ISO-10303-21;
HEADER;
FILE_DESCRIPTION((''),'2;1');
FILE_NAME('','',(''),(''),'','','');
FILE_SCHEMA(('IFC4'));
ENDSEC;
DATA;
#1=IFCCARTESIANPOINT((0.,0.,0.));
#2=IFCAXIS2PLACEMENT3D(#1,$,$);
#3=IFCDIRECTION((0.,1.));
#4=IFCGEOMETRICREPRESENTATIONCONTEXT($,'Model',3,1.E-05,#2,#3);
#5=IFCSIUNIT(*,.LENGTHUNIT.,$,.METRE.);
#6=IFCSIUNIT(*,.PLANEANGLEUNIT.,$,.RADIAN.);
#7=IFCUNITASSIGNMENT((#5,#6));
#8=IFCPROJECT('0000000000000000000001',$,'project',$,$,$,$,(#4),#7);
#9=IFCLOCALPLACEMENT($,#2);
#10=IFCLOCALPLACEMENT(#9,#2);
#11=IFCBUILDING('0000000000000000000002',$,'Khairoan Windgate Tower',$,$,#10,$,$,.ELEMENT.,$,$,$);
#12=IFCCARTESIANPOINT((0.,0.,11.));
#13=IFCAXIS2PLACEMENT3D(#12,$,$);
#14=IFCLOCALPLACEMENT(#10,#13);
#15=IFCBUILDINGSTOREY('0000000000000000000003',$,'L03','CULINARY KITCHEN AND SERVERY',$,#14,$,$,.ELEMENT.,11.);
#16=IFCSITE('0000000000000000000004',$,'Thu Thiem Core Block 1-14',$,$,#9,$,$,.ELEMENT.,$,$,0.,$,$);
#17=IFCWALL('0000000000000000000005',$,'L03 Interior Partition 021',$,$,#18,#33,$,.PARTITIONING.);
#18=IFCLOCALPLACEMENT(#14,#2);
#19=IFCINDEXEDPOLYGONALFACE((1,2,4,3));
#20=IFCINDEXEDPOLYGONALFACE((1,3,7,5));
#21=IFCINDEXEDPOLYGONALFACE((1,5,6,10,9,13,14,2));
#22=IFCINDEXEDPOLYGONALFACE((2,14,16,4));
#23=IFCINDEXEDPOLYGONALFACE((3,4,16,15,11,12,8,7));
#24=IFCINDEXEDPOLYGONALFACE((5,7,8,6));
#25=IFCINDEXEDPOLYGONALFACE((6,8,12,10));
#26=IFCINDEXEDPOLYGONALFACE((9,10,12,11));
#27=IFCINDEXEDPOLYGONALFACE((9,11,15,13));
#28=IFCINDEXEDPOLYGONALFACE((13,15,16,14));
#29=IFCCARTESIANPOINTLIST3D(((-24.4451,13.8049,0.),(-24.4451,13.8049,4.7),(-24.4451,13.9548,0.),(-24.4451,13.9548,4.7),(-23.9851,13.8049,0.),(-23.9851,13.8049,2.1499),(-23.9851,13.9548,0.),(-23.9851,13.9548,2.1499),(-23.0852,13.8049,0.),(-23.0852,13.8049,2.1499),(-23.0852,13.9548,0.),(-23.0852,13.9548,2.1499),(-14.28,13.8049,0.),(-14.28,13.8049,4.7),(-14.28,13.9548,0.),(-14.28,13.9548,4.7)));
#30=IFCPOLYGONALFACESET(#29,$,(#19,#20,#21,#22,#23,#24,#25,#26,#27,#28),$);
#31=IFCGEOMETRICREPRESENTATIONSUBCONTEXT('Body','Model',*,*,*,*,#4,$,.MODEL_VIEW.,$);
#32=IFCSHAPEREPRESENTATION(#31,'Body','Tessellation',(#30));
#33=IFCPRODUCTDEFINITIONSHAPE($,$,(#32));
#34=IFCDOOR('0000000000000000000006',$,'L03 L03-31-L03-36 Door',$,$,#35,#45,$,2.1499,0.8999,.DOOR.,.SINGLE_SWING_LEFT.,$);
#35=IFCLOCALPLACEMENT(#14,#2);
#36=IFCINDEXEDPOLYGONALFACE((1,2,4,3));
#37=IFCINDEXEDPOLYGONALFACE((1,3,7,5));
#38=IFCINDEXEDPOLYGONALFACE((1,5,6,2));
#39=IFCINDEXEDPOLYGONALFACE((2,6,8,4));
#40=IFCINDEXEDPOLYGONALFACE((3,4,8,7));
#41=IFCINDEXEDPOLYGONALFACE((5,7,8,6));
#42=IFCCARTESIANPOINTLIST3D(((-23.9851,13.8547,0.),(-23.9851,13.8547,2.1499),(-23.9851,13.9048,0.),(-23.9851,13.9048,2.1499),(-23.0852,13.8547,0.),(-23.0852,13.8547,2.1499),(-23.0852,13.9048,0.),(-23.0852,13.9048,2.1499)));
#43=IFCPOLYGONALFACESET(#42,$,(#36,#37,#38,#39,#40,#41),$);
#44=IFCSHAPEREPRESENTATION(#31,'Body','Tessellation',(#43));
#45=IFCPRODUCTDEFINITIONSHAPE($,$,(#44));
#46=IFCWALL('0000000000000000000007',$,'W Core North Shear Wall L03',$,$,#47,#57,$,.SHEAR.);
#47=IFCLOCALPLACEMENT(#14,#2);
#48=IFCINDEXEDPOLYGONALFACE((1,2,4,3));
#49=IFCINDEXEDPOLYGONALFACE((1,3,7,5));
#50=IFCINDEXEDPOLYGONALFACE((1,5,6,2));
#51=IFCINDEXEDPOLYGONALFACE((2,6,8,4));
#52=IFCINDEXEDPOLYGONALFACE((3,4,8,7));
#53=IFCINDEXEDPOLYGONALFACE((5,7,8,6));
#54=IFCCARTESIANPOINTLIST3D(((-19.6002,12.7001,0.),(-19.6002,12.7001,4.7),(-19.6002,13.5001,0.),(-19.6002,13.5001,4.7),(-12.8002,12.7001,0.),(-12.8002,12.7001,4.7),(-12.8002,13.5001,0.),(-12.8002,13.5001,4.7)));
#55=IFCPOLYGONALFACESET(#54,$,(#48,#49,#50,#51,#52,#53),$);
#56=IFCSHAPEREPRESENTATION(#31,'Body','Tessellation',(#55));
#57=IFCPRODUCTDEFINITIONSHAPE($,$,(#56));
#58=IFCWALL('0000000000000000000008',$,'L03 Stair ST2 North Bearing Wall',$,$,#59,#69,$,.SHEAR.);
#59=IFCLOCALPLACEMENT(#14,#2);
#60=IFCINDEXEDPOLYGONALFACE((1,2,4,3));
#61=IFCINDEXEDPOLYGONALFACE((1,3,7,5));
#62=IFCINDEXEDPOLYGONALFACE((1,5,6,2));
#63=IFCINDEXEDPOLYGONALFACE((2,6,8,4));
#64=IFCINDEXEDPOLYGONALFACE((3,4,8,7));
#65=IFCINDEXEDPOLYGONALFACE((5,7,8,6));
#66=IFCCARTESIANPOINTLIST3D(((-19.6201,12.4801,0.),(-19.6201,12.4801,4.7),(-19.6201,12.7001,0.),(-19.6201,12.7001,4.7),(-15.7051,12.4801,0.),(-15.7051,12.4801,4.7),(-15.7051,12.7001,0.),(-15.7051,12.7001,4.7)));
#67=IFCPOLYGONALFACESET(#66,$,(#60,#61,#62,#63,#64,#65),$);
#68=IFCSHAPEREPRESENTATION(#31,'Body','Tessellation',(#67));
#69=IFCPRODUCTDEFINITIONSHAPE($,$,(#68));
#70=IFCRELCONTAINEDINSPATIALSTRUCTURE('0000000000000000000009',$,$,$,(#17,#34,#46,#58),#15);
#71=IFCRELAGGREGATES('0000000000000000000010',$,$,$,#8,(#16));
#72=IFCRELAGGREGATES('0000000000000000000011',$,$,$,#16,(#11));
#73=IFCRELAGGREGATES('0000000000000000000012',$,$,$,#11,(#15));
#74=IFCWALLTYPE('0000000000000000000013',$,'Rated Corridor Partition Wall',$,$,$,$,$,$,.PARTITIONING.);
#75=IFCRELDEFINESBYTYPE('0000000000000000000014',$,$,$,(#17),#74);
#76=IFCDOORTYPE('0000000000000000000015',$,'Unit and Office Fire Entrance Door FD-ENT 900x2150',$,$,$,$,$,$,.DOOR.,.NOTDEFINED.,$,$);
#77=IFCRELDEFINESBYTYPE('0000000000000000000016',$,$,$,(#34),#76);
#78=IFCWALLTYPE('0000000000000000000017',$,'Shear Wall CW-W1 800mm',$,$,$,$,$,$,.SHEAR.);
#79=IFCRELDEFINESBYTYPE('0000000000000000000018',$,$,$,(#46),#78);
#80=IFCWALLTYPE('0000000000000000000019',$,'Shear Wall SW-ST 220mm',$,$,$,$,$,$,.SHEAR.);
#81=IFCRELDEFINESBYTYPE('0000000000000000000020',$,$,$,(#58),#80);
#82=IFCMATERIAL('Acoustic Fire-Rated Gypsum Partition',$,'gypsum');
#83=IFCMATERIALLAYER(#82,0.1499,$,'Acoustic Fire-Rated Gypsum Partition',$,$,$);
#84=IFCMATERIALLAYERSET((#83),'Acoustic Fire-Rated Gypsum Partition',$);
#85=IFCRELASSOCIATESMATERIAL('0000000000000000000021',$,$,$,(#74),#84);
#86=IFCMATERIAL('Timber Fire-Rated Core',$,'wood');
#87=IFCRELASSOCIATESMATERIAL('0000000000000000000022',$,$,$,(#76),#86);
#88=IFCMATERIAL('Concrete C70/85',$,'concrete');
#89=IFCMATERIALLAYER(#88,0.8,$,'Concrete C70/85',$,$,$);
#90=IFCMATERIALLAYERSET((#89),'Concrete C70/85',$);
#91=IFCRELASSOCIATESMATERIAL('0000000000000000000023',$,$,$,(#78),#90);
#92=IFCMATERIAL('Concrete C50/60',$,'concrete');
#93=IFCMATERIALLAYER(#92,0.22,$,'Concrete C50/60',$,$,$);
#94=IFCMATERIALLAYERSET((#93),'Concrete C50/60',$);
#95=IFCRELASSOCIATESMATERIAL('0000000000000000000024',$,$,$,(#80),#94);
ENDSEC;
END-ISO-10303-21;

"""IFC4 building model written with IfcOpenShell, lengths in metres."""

from ifc_helpers import new_model, si_unit, direction, frame, frame_2d, origin, place, context, subcontext, project, spatial, rectangle, extrude, material, layer, layer_set, type_object, element, fill, save


model = new_model("IFC4")

# Units and contexts
model_context = context("Model", 3, precision=1e-05, world=origin(), true_north=direction((0.0, 1.0)))
body_context = subcontext(model_context, "Body", "Model", "MODEL_VIEW")
ifc_project = project(units=[si_unit("LENGTHUNIT", "METRE"), si_unit("PLANEANGLEUNIT", "RADIAN")], contexts=[model_context])

# Site, building, storey
site_placement = place(None, origin())
site = spatial("IfcSite", under=ifc_project, at=site_placement, Name="Thu Thiem Core Block 1-14", CompositionType="ELEMENT", RefElevation=0.0)
building_placement = place(site_placement, origin())
building = spatial("IfcBuilding", under=site, at=building_placement, Name="Khairoan Windgate Tower", CompositionType="ELEMENT")
storey_placement = place(building_placement, frame((0.0, 0.0, 11.0)))
storey = spatial("IfcBuildingStorey", under=building, at=storey_placement, Name="L03", Description="CULINARY KITCHEN AND SERVERY", CompositionType="ELEMENT", Elevation=11.0)

# Wall, opening, door
ifc_material_1 = material(Name="Acoustic Fire-Rated Gypsum Partition", Category="gypsum")
ifc_layer_1 = layer(ifc_material_1, 0.1499, Name="Acoustic Fire-Rated Gypsum Partition")
ifc_layer_set_1 = layer_set([ifc_layer_1], Name="Acoustic Fire-Rated Gypsum Partition")
wall_type_1 = type_object("IfcWallType", Name="Rated Corridor Partition Wall", PredefinedType="PARTITIONING", material=ifc_layer_set_1)
ifc_material_2 = material(Name="Timber Fire-Rated Core", Category="wood")
door_type = type_object("IfcDoorType", Name="Unit and Office Fire Entrance Door FD-ENT 900x2150", OperationType="NOTDEFINED", PredefinedType="DOOR", material=ifc_material_2)
wall_1_placement = place(storey_placement, frame((-24.4451, 13.8799, 0.0), z_axis=(0.0, 0.0, 1.0), x_axis=(1.0, 0.0, 0.0)))
wall_1 = element("IfcWall", 1, at=wall_1_placement, inside=storey, type_object=wall_type_1, Name="L03 Interior Partition 021", PredefinedType="PARTITIONING", context=body_context, shape_type="SweptSolid", body=[
    extrude(rectangle(XDim=10.165, YDim=0.1499, at=frame_2d((5.0825, 0.0))), origin(), (0.0, 0.0, 1.0), 4.7),
])
opening_1_placement = place(wall_1_placement, frame((0.46, 0.0, 0.0)))
opening_1 = element("IfcOpeningElement", 2, at=opening_1_placement, cuts=wall_1, PredefinedType="OPENING", context=body_context, shape_type="SweptSolid", body=[
    extrude(rectangle(XDim=0.8999, YDim=2.1499, at=frame_2d((0.45, 1.075))), frame((0.0, 0.085, 0.0), z_axis=(0.0, -1.0, 0.0), x_axis=(1.0, 0.0, 0.0)), (0.0, 0.0, 1.0), 0.1699),
])
door_1_placement = place(opening_1_placement, origin())
door_1 = element("IfcDoor", 3, at=door_1_placement, inside=storey, type_object=door_type, Name="L03 L03-31-L03-36 Door", OperationType="SINGLE_SWING_LEFT", OverallHeight=2.1499, OverallWidth=0.8999, PredefinedType="DOOR", context=body_context, shape_type="SweptSolid", body=[
    extrude(rectangle(XDim=0.8999, YDim=2.1499, at=frame_2d((0.45, 1.075))), frame((0.0, 0.0249, 0.0), z_axis=(0.0, -1.0, 0.0), x_axis=(1.0, 0.0, 0.0)), (0.0, 0.0, 1.0), 0.05),
])
fill(opening_1, door_1)

# Walls
ifc_material_3 = material(Name="Concrete C70/85", Category="concrete")
ifc_layer_2 = layer(ifc_material_3, 0.8, Name="Concrete C70/85")
ifc_layer_set_2 = layer_set([ifc_layer_2], Name="Concrete C70/85")
wall_type_2 = type_object("IfcWallType", Name="Shear Wall CW-W1 800mm", PredefinedType="SHEAR", material=ifc_layer_set_2)
wall_2_placement = place(storey_placement, frame((-19.6001, 13.1001, 0.0), z_axis=(0.0, 0.0, 1.0), x_axis=(1.0, 0.0, 0.0)))
element("IfcWall", 4, at=wall_2_placement, inside=storey, type_object=wall_type_2, Name="W Core North Shear Wall L03", PredefinedType="SHEAR", context=body_context, shape_type="SweptSolid", body=[
    extrude(rectangle(XDim=6.8, YDim=0.8, at=frame_2d((3.3999, 0.0))), origin(), (0.0, 0.0, 1.0), 4.7),
])
ifc_material_4 = material(Name="Concrete C50/60", Category="concrete")
ifc_layer_3 = layer(ifc_material_4, 0.22, Name="Concrete C50/60")
ifc_layer_set_3 = layer_set([ifc_layer_3], Name="Concrete C50/60")
wall_type_3 = type_object("IfcWallType", Name="Shear Wall SW-ST 220mm", PredefinedType="SHEAR", material=ifc_layer_set_3)
wall_3_placement = place(storey_placement, frame((-19.6201, 12.5901, 0.0), z_axis=(0.0, 0.0, 1.0), x_axis=(1.0, 0.0, 0.0)))
element("IfcWall", 5, at=wall_3_placement, inside=storey, type_object=wall_type_3, Name="L03 Stair ST2 North Bearing Wall", PredefinedType="SHEAR", context=body_context, shape_type="SweptSolid", body=[
    extrude(rectangle(XDim=3.915, YDim=0.22, at=frame_2d((1.9575, 0.0))), origin(), (0.0, 0.0, 1.0), 4.7),
])

save(model, "model.ifc")
